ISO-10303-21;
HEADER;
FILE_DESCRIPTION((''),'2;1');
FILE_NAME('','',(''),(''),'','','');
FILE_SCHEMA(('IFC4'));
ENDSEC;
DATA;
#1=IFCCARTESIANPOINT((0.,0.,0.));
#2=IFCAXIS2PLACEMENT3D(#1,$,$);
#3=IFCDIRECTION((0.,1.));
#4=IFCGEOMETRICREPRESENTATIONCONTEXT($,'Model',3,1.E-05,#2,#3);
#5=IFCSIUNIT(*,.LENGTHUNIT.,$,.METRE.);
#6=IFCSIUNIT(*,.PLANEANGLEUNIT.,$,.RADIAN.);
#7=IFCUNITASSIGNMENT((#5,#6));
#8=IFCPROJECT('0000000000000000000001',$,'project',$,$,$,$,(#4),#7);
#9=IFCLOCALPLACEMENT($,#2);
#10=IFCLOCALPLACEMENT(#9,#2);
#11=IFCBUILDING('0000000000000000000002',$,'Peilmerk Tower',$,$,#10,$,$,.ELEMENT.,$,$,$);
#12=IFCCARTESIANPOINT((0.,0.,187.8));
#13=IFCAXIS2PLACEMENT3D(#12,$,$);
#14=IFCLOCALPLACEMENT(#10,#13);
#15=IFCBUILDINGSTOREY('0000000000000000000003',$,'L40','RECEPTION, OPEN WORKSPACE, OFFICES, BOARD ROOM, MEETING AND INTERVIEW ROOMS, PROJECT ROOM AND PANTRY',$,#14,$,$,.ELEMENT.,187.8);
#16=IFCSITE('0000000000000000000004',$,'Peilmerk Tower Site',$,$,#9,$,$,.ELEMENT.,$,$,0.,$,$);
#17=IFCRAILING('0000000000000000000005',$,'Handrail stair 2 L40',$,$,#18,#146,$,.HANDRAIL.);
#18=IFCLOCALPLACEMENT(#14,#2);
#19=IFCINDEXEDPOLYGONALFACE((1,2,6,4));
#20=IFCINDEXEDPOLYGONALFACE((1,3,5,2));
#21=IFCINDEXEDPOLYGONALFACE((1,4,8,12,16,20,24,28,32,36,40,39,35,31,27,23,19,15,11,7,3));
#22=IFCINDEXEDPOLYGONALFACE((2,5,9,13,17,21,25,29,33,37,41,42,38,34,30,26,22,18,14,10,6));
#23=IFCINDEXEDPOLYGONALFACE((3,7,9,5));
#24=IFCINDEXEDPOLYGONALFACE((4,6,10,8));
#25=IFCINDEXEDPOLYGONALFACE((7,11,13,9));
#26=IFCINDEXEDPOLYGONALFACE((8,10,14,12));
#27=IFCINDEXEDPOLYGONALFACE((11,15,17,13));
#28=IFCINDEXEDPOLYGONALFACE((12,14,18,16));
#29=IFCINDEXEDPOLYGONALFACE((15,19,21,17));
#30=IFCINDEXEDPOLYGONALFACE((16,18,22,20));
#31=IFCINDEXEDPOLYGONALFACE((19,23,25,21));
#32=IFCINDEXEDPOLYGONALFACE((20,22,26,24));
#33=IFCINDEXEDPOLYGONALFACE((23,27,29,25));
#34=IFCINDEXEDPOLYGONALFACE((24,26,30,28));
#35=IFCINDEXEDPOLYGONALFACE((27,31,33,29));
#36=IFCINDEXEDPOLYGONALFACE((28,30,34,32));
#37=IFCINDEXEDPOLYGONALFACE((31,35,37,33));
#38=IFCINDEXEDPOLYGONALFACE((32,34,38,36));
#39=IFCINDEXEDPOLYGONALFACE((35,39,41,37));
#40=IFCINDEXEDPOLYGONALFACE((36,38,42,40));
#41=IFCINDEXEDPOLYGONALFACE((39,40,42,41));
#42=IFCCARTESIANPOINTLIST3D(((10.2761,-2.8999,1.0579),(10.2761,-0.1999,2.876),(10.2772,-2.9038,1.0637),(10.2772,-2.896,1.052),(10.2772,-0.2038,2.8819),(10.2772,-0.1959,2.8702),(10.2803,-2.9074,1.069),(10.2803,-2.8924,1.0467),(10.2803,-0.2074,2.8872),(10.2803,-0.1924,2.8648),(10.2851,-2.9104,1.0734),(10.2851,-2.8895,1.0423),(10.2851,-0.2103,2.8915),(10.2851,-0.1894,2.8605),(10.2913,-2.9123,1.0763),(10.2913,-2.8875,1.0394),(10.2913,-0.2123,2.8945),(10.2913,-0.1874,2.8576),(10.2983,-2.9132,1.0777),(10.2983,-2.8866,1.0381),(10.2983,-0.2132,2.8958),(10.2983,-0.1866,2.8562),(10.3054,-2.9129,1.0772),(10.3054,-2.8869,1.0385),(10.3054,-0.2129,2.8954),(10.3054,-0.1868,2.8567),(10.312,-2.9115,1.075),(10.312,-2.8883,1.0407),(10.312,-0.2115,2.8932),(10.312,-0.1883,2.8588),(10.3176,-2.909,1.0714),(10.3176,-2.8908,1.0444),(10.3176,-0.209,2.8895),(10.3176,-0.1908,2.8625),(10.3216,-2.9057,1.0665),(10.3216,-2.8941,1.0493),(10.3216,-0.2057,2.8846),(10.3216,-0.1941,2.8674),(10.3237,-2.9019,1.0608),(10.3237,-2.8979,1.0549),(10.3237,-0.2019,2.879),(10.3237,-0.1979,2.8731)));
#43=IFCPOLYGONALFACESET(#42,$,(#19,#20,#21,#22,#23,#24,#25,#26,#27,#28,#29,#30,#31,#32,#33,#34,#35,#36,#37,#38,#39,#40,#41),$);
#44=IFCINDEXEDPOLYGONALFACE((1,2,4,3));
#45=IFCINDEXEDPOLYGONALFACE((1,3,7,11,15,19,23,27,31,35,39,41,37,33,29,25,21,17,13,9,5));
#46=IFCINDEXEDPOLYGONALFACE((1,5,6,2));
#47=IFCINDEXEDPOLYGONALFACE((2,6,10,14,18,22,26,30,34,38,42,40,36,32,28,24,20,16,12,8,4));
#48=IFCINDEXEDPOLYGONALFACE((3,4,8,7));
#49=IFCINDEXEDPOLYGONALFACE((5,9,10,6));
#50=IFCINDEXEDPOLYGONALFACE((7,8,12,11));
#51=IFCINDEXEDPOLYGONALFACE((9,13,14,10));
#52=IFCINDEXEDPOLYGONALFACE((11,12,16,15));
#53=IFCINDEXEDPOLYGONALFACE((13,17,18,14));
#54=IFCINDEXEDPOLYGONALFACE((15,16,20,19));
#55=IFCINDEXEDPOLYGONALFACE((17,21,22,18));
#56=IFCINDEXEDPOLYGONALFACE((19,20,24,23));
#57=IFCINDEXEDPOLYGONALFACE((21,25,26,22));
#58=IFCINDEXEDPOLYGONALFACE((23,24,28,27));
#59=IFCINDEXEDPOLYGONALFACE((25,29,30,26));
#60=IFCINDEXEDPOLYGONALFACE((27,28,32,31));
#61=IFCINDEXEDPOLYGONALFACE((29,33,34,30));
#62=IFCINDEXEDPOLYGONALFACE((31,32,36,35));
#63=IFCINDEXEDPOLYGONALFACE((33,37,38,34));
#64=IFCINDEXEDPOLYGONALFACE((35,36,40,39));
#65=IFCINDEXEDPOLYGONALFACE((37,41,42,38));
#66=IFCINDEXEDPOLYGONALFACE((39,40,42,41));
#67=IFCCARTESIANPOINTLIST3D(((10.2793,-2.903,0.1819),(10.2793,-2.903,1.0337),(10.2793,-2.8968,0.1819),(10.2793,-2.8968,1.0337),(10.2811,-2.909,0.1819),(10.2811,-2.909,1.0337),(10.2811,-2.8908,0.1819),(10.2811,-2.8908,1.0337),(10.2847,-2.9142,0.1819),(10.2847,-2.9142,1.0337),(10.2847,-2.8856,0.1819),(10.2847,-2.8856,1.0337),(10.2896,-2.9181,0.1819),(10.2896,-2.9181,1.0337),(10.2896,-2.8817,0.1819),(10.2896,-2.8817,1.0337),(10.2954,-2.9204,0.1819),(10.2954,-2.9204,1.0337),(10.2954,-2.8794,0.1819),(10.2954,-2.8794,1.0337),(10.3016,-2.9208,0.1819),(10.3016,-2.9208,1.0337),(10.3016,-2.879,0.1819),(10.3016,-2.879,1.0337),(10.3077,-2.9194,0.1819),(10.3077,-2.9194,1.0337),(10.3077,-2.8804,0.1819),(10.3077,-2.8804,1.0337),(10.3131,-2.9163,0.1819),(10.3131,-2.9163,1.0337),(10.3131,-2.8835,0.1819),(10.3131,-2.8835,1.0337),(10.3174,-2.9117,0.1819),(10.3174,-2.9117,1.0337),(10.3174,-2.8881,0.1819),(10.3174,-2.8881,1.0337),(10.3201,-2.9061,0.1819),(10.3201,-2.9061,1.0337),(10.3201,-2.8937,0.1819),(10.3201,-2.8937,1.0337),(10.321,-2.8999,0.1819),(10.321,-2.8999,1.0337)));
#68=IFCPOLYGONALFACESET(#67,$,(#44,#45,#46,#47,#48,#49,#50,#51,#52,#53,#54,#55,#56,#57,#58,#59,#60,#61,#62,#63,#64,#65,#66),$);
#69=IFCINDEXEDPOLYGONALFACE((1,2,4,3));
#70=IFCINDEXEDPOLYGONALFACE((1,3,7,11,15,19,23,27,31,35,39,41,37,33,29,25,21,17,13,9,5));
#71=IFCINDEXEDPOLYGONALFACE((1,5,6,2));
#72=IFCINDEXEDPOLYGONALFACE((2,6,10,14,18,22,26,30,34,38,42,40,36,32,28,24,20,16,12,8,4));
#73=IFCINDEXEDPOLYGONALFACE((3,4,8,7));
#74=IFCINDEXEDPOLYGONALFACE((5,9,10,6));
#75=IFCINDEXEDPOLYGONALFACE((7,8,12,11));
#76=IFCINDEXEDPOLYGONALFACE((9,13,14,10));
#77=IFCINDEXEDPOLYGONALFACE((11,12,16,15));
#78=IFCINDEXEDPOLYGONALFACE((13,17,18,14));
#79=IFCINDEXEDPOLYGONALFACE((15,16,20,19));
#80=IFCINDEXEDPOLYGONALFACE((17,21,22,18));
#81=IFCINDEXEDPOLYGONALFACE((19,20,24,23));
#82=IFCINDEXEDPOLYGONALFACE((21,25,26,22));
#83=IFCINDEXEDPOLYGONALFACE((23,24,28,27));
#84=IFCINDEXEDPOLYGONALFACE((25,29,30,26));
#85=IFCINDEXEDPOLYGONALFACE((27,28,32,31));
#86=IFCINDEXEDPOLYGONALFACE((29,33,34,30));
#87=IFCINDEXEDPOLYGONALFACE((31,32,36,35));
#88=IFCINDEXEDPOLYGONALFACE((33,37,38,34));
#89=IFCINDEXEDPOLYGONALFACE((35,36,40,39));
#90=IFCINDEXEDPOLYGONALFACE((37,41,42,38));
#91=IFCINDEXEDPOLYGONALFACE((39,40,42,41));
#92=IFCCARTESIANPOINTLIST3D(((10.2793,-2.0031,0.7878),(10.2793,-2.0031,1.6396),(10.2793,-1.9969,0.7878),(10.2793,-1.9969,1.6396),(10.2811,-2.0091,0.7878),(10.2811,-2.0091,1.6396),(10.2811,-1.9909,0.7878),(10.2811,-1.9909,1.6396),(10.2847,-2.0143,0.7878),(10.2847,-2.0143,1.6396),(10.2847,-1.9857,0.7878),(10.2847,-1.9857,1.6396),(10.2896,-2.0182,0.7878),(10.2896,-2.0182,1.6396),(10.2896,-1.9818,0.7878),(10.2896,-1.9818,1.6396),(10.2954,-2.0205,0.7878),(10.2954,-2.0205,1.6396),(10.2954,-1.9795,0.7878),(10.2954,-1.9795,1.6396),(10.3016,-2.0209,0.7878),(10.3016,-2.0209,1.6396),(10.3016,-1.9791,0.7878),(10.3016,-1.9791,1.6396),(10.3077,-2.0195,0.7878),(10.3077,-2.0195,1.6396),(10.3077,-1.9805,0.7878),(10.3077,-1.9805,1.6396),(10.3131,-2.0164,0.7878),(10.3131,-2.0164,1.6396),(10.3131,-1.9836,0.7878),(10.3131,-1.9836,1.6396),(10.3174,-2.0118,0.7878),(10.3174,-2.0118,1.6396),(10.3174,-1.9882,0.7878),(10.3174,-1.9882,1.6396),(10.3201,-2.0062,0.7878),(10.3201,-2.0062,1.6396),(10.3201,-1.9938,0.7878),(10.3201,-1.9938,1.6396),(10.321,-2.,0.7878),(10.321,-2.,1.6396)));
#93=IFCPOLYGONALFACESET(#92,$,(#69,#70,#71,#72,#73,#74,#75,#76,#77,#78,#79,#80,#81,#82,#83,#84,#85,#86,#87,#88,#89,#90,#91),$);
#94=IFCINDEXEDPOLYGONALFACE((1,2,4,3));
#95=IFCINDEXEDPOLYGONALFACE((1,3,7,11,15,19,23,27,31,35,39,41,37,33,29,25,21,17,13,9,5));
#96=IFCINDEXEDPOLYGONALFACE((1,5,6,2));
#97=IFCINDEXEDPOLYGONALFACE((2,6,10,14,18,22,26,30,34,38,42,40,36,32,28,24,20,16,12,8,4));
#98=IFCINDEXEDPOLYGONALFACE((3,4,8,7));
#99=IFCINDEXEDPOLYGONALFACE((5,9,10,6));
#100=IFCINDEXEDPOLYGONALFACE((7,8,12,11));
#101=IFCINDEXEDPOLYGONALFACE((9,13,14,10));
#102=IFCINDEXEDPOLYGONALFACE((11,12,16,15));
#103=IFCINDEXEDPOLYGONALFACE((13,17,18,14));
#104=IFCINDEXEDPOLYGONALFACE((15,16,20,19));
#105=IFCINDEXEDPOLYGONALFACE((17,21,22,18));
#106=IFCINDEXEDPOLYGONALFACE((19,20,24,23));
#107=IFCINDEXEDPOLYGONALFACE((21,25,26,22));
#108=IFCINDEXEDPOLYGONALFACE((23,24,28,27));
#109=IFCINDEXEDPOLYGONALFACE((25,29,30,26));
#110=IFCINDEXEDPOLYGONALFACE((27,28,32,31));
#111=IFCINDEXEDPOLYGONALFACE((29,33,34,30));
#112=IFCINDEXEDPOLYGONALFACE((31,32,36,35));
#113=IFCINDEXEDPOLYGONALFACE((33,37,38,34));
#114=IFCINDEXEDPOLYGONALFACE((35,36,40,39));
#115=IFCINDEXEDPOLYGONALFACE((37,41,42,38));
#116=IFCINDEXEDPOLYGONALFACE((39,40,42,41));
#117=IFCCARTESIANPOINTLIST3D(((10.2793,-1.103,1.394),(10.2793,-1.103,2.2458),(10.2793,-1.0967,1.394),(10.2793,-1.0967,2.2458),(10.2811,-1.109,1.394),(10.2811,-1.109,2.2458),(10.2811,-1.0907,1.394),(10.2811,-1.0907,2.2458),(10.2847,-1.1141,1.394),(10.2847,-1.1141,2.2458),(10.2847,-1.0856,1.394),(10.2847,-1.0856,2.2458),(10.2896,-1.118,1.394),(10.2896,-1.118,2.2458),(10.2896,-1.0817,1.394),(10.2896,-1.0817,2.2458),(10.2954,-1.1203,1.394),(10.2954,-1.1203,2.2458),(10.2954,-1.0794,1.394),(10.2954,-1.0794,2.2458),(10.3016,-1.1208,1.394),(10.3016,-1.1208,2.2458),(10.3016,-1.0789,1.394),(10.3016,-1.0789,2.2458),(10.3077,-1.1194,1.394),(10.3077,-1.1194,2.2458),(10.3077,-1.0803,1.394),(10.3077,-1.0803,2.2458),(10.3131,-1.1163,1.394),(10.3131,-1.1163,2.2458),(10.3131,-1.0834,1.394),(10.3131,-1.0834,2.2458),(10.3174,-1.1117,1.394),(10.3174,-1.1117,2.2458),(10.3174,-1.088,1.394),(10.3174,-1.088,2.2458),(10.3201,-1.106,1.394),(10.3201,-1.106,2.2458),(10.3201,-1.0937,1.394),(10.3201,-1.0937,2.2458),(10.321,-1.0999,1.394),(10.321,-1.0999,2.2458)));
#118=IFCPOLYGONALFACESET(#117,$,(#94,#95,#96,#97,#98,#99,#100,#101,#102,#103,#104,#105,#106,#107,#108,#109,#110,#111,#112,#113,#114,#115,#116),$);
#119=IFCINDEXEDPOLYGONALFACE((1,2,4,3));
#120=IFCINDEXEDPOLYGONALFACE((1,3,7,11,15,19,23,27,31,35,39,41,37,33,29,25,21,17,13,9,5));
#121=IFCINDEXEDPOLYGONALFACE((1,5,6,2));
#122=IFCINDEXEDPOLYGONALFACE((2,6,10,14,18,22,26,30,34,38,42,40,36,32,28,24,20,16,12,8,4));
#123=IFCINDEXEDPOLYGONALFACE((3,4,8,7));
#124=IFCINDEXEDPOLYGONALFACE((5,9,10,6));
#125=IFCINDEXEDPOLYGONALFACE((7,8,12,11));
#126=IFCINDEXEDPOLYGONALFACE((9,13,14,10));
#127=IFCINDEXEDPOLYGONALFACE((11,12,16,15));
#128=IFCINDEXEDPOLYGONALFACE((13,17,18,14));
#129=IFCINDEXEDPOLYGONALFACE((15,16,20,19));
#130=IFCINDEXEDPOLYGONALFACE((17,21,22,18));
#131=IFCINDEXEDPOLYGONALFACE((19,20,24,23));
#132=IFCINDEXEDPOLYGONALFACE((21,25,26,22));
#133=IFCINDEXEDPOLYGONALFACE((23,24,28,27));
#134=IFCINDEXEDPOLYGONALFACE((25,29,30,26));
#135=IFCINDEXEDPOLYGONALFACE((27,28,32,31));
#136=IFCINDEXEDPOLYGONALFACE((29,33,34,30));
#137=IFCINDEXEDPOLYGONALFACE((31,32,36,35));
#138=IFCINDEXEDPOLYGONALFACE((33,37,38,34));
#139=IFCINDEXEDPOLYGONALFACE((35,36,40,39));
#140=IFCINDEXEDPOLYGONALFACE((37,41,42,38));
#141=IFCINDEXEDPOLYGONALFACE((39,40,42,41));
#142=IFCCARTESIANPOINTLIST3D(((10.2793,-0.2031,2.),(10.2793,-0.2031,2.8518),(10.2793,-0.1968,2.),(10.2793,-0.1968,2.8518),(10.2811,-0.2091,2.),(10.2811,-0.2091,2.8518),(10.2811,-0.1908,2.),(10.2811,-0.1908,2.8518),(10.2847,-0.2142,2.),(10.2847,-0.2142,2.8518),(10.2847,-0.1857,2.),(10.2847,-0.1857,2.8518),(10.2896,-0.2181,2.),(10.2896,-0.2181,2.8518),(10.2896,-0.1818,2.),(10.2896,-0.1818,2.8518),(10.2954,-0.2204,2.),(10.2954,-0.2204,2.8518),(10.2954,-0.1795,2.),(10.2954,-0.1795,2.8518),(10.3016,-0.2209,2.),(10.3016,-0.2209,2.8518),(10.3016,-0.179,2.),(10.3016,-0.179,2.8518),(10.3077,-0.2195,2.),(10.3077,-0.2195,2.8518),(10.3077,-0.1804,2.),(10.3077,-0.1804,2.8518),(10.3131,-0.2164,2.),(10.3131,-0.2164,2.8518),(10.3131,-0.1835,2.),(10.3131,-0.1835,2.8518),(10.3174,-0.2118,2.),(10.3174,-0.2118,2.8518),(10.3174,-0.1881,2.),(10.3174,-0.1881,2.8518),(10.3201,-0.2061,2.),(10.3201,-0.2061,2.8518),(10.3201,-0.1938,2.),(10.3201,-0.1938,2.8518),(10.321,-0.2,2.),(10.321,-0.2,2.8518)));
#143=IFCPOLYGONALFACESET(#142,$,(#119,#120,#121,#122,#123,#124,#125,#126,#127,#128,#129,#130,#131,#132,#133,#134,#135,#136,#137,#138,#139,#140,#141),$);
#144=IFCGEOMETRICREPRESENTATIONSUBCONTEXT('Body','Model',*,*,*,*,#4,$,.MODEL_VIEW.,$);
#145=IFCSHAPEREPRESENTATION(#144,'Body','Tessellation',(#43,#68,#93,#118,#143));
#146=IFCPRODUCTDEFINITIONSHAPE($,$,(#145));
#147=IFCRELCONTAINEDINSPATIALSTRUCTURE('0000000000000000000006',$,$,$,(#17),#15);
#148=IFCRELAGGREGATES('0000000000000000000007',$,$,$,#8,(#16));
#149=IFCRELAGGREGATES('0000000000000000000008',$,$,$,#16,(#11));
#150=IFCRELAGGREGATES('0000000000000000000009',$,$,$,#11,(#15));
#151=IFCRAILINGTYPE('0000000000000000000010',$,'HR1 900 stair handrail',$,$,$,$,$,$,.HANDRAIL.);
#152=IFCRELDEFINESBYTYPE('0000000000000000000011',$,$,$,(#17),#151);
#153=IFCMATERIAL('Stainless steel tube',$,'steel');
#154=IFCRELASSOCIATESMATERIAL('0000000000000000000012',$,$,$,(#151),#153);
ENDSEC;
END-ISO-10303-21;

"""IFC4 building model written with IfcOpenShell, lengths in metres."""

from ifc_helpers import new_model, si_unit, direction, frame, origin, origin_2d, place, context, subcontext, project, spatial, circle, extrude, material, type_object, element, save


model = new_model("IFC4")

# Units and contexts
model_context = context("Model", 3, precision=1e-05, world=origin(), true_north=direction((0.0, 1.0)))
body_context = subcontext(model_context, "Body", "Model", "MODEL_VIEW")
ifc_project = project(units=[si_unit("LENGTHUNIT", "METRE"), si_unit("PLANEANGLEUNIT", "RADIAN")], contexts=[model_context])

# Site, building, storey
site_placement = place(None, origin())
site = spatial("IfcSite", under=ifc_project, at=site_placement, Name="Peilmerk Tower Site", CompositionType="ELEMENT", RefElevation=0.0)
building_placement = place(site_placement, origin())
building = spatial("IfcBuilding", under=site, at=building_placement, Name="Peilmerk Tower", CompositionType="ELEMENT")
storey_placement = place(building_placement, frame((0.0, 0.0, 187.8)))
storey = spatial("IfcBuildingStorey", under=building, at=storey_placement, Name="L40", Description="RECEPTION, OPEN WORKSPACE, OFFICES, BOARD ROOM, MEETING AND INTERVIEW ROOMS, PROJECT ROOM AND PANTRY", CompositionType="ELEMENT", Elevation=187.8)

# Railing
ifc_material_1 = material(Name="Stainless steel tube", Category="steel")
railing_type_1 = type_object("IfcRailingType", Name="HR1 900 stair handrail", PredefinedType="HANDRAIL", material=ifc_material_1)
railing_1_placement = place(storey_placement, frame((10.3, -2.8999, 0.1819)))
element("IfcRailing", 1, at=railing_1_placement, inside=storey, type_object=railing_type_1, Name="Handrail stair 2 L40", PredefinedType="HANDRAIL", context=body_context, shape_type="SweptSolid", body=[
    extrude(circle(Radius=0.0239, at=origin_2d()), frame((0.0, 0.0, 0.876), z_axis=(0.0, 0.829468, 0.558554), x_axis=(-1.0, 0.0, 0.0)), (0.0, 0.0, 1.0), 3.2551),
    extrude(circle(Radius=0.021, at=origin_2d()), origin(), (0.0, 0.0, 1.0), 0.8518),
    extrude(circle(Radius=0.021, at=origin_2d()), frame((0.0, 0.8999, 0.606)), (0.0, 0.0, 1.0), 0.8518),
    extrude(circle(Radius=0.021, at=origin_2d()), frame((0.0, 1.8, 1.2122)), (0.0, 0.0, 1.0), 0.8518),
    extrude(circle(Radius=0.021, at=origin_2d()), frame((0.0, 2.7, 1.8181)), (0.0, 0.0, 1.0), 0.8518),
])

save(model, "model.ifc")
